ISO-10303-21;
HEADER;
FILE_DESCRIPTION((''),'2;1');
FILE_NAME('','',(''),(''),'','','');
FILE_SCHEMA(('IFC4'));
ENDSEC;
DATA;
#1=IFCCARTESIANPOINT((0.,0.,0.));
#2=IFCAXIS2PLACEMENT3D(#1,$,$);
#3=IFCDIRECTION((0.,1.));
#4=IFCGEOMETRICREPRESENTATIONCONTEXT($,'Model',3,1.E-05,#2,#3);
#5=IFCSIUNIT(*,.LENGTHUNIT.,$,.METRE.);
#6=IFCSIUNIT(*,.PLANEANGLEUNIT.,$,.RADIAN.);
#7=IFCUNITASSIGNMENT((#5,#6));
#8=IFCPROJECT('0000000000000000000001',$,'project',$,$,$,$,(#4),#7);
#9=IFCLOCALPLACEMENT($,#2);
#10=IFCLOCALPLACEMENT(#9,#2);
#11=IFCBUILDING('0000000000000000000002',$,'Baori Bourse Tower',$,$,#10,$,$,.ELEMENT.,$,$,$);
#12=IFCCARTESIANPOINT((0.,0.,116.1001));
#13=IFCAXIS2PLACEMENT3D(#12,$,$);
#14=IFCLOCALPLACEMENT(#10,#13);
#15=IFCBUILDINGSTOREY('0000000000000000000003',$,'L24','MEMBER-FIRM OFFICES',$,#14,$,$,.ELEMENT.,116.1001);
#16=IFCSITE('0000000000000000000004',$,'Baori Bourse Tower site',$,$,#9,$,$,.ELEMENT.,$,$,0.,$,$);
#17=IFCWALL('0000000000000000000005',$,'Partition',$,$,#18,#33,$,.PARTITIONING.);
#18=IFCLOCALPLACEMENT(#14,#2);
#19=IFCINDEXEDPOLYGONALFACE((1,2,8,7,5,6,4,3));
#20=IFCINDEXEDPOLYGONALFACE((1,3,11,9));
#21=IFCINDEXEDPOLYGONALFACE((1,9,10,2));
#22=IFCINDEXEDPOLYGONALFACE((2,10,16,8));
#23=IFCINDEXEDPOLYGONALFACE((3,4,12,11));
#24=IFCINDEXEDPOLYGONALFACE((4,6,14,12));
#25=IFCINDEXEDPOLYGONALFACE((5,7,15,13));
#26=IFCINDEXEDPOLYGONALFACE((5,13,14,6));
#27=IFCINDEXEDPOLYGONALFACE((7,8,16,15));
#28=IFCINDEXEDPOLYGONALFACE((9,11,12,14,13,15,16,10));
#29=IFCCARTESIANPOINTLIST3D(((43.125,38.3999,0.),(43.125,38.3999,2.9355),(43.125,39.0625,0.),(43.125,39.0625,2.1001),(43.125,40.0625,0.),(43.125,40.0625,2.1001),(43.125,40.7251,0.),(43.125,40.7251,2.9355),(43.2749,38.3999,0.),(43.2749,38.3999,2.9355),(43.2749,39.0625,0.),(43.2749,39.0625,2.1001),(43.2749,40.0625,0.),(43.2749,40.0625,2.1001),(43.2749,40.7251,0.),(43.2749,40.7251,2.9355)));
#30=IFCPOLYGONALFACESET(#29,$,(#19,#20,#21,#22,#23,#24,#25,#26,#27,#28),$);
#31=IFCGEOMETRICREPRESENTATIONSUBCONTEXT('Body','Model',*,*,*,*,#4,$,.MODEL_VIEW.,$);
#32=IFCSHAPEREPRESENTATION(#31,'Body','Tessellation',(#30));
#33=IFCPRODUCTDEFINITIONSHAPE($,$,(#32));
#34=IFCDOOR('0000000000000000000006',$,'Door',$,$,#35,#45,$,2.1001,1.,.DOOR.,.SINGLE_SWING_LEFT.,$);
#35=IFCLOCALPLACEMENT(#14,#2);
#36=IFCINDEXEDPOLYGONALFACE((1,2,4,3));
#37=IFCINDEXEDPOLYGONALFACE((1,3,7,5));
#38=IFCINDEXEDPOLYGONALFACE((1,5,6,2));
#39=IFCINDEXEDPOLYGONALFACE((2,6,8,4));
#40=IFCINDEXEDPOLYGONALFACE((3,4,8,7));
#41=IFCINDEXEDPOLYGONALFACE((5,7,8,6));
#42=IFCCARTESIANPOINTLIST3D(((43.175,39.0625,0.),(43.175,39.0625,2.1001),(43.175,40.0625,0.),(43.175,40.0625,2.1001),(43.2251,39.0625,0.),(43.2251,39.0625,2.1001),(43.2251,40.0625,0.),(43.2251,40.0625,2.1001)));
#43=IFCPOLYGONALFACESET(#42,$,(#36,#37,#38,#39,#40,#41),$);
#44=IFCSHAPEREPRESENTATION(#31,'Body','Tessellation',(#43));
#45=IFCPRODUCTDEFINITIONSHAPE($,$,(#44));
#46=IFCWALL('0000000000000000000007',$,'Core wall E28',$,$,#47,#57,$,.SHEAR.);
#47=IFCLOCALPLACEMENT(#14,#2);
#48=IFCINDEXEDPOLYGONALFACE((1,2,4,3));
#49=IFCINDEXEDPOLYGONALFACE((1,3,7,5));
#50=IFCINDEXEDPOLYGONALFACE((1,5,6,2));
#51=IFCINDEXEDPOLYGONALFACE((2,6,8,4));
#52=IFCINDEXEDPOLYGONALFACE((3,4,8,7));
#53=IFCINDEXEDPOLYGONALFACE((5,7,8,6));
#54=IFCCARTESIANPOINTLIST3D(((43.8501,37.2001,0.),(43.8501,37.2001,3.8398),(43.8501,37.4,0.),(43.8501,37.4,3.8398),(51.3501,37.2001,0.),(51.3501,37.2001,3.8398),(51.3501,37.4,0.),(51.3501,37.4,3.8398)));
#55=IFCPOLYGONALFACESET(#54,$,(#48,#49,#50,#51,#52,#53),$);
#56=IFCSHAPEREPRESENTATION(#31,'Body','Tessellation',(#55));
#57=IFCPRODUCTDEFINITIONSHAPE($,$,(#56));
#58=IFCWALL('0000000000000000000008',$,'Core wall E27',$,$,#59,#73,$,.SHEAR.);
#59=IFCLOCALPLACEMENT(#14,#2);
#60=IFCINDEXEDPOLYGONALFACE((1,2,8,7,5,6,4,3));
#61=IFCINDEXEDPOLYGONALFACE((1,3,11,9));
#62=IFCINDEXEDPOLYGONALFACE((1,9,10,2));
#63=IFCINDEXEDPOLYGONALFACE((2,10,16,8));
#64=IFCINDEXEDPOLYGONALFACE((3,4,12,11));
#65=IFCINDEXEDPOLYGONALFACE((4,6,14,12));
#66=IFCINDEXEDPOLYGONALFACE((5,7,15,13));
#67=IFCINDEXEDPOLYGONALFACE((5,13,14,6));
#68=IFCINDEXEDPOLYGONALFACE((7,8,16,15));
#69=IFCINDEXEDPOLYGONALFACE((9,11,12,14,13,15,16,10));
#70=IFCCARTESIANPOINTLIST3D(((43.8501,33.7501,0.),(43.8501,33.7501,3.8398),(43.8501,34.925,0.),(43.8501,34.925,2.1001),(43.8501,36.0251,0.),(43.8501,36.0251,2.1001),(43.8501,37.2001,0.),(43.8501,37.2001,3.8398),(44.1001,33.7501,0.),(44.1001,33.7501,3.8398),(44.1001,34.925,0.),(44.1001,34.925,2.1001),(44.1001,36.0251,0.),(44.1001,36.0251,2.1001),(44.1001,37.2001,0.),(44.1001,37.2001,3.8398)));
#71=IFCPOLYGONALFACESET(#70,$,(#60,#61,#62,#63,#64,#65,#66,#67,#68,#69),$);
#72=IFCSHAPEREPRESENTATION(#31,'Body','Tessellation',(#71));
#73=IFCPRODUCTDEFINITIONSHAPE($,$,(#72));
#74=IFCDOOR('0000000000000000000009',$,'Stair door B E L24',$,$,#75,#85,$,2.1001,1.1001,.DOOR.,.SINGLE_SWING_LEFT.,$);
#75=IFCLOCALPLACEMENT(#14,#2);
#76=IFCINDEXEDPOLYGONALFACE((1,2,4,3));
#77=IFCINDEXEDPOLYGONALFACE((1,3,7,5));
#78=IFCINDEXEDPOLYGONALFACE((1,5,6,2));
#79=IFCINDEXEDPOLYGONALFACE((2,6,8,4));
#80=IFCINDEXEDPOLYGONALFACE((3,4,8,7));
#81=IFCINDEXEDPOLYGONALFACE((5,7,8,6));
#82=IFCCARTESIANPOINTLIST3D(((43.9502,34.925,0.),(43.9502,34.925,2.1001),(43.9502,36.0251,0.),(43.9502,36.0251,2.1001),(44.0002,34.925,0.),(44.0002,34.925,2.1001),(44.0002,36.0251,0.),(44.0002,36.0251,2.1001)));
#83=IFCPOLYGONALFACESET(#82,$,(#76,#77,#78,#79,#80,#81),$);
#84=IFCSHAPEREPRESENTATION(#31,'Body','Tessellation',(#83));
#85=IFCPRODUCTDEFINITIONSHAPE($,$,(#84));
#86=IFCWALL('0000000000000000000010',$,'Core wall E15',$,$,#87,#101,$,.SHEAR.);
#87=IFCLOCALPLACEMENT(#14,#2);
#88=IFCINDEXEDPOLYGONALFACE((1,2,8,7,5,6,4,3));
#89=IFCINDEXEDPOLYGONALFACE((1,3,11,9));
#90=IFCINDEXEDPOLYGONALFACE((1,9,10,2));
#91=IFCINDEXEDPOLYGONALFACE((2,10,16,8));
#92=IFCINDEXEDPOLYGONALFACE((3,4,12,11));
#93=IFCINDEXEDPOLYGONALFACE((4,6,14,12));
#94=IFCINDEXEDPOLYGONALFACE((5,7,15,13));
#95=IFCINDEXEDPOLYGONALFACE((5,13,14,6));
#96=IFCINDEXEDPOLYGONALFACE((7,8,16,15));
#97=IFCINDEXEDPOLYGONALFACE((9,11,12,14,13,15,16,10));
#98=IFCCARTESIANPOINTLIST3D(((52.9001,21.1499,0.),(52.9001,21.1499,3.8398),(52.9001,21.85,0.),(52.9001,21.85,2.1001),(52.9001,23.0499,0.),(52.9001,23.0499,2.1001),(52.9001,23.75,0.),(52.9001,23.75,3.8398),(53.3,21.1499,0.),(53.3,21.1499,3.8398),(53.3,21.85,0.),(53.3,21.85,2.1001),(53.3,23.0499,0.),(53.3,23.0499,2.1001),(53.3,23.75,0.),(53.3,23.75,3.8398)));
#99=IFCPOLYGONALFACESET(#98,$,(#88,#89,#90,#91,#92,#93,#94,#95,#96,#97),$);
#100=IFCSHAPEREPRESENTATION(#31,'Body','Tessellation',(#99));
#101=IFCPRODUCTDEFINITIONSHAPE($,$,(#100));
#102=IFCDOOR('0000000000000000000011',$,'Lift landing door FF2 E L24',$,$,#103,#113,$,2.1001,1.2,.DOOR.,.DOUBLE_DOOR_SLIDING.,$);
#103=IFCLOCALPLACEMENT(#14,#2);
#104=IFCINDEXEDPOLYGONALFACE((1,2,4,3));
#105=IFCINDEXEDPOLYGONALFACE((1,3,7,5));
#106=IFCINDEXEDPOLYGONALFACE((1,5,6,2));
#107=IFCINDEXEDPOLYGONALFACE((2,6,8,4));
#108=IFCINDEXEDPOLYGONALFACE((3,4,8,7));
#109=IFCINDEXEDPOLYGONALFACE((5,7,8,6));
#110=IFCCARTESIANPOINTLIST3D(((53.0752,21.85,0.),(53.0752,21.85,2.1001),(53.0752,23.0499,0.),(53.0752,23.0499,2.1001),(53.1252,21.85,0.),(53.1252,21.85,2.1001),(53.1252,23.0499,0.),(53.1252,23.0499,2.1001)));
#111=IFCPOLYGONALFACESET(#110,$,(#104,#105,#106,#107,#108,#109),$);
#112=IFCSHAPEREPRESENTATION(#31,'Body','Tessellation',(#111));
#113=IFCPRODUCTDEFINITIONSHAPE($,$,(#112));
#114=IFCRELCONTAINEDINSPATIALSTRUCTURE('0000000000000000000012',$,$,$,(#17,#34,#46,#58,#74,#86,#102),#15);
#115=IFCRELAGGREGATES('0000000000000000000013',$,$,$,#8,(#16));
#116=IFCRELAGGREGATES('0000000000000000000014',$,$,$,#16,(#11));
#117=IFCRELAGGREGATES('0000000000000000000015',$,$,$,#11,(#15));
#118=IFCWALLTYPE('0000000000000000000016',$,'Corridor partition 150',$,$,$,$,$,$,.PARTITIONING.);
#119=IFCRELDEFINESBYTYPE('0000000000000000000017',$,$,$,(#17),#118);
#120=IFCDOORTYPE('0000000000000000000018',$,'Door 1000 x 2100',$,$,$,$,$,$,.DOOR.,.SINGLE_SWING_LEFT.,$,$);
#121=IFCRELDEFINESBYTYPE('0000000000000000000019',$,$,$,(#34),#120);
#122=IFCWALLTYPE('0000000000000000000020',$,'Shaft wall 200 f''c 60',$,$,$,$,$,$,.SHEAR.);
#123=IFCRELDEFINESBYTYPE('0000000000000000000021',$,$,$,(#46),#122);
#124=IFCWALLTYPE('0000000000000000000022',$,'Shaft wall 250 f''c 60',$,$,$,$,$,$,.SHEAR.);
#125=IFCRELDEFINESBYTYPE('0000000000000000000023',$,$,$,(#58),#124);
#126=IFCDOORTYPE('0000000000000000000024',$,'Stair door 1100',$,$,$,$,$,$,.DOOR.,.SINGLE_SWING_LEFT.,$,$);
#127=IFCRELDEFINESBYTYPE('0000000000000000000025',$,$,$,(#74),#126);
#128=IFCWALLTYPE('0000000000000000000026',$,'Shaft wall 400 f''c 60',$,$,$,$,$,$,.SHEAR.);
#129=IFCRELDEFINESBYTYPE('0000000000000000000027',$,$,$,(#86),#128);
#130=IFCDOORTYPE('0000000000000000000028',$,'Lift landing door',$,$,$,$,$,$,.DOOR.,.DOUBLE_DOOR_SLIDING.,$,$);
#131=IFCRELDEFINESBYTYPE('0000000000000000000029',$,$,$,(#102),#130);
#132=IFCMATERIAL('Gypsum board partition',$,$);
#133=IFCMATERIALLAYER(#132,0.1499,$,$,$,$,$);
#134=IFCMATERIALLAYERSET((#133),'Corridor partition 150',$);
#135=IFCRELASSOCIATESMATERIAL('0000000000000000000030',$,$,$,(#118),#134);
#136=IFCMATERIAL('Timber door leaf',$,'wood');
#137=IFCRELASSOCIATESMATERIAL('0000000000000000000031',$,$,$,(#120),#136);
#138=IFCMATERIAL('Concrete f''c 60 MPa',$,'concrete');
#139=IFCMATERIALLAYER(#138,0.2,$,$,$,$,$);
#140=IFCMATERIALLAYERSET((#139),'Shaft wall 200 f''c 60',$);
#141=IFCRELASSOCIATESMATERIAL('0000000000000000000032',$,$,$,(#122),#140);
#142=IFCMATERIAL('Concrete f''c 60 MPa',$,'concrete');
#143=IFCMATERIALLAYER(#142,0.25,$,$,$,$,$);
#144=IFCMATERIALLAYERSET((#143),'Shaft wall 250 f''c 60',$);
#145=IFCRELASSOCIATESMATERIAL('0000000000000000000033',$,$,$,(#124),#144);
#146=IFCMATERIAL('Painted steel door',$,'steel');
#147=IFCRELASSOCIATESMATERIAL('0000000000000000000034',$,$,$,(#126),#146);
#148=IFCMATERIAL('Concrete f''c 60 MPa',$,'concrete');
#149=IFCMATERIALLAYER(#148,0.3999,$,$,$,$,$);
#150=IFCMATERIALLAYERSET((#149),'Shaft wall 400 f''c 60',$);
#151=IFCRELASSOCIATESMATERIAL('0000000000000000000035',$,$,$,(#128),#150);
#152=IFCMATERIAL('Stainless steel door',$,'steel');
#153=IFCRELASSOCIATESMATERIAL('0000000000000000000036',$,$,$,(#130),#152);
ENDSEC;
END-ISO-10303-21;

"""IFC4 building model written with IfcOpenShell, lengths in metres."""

from ifc_helpers import new_model, si_unit, direction, frame, frame_2d, origin, place, context, subcontext, project, spatial, rectangle, extrude, material, layer, layer_set, type_object, element, fill, save


model = new_model("IFC4")

# Units and contexts
model_context = context("Model", 3, precision=1e-05, world=origin(), true_north=direction((0.0, 1.0)))
body_context = subcontext(model_context, "Body", "Model", "MODEL_VIEW")
ifc_project = project(units=[si_unit("LENGTHUNIT", "METRE"), si_unit("PLANEANGLEUNIT", "RADIAN")], contexts=[model_context])

# Site, building, storey
site_placement = place(None, origin())
site = spatial("IfcSite", under=ifc_project, at=site_placement, Name="Baori Bourse Tower site", CompositionType="ELEMENT", RefElevation=0.0)
building_placement = place(site_placement, origin())
building = spatial("IfcBuilding", under=site, at=building_placement, Name="Baori Bourse Tower", CompositionType="ELEMENT")
storey_placement = place(building_placement, frame((0.0, 0.0, 116.1001)))
storey = spatial("IfcBuildingStorey", under=building, at=storey_placement, Name="L24", Description="MEMBER-FIRM OFFICES", CompositionType="ELEMENT", Elevation=116.1001)

# Wall, opening, door
ifc_material_1 = material(Name="Gypsum board partition")
ifc_layer_1 = layer(ifc_material_1, 0.1499)
ifc_layer_set_1 = layer_set([ifc_layer_1], Name="Corridor partition 150")
wall_type_1 = type_object("IfcWallType", Name="Corridor partition 150", PredefinedType="PARTITIONING", material=ifc_layer_set_1)
wall_1_placement = place(storey_placement, frame((43.2, 38.3999, 0.0), z_axis=(0.0, 0.0, 1.0), x_axis=(0.0, 1.0, 0.0)))
wall_1 = element("IfcWall", 1, at=wall_1_placement, inside=storey, type_object=wall_type_1, Name="Partition", PredefinedType="PARTITIONING", context=body_context, shape_type="SweptSolid", body=[
    extrude(rectangle(XDim=2.3252, YDim=0.1499, at=frame_2d((1.1626, 0.0))), origin(), (0.0, 0.0, 1.0), 2.9355),
])
opening_1_placement = place(wall_1_placement, frame((0.6626, 0.0, 0.0)))
opening_1 = element("IfcOpeningElement", 2, at=opening_1_placement, cuts=wall_1, PredefinedType="OPENING", context=body_context, shape_type="SweptSolid", body=[
    extrude(rectangle(XDim=1.0, YDim=2.1001, at=frame_2d((0.5, 1.05))), frame((0.0, 0.085, 0.0), z_axis=(0.0, -1.0, 0.0), x_axis=(1.0, 0.0, 0.0)), (0.0, 0.0, 1.0), 0.1699),
])
ifc_material_2 = material(Name="Timber door leaf", Category="wood")
door_type_1 = type_object("IfcDoorType", Name="Door 1000 x 2100", OperationType="SINGLE_SWING_LEFT", PredefinedType="DOOR", material=ifc_material_2)
door_1_placement = place(opening_1_placement, origin())
door_1 = element("IfcDoor", 3, at=door_1_placement, inside=storey, type_object=door_type_1, Name="Door", OperationType="SINGLE_SWING_LEFT", OverallHeight=2.1001, OverallWidth=1.0, PredefinedType="DOOR", context=body_context, shape_type="SweptSolid", body=[
    extrude(rectangle(XDim=1.0, YDim=2.1001, at=frame_2d((0.5, 1.05))), frame((0.0, 0.0249, 0.0), z_axis=(0.0, -1.0, 0.0), x_axis=(1.0, 0.0, 0.0)), (0.0, 0.0, 1.0), 0.05),
])
fill(opening_1, door_1)

# Wall
ifc_material_3 = material(Name="Concrete f'c 60 MPa", Category="concrete")
ifc_layer_2 = layer(ifc_material_3, 0.2)
ifc_layer_set_2 = layer_set([ifc_layer_2], Name="Shaft wall 200 f'c 60")
wall_type_2 = type_object("IfcWallType", Name="Shaft wall 200 f'c 60", PredefinedType="SHEAR", material=ifc_layer_set_2)
wall_2_placement = place(storey_placement, frame((43.8501, 37.3, 0.0), z_axis=(0.0, 0.0, 1.0), x_axis=(1.0, 0.0, 0.0)))
element("IfcWall", 4, at=wall_2_placement, inside=storey, type_object=wall_type_2, Name="Core wall E28", PredefinedType="SHEAR", context=body_context, shape_type="SweptSolid", body=[
    extrude(rectangle(XDim=7.5, YDim=0.2, at=frame_2d((3.75, 0.0))), origin(), (0.0, 0.0, 1.0), 3.8398),
])

# Walls, openings, doors
ifc_material_4 = material(Name="Concrete f'c 60 MPa", Category="concrete")
ifc_layer_3 = layer(ifc_material_4, 0.25)
ifc_layer_set_3 = layer_set([ifc_layer_3], Name="Shaft wall 250 f'c 60")
wall_type_3 = type_object("IfcWallType", Name="Shaft wall 250 f'c 60", PredefinedType="SHEAR", material=ifc_layer_set_3)
wall_3_placement = place(storey_placement, frame((43.9751, 33.75, 0.0), z_axis=(0.0, 0.0, 1.0), x_axis=(0.0, 1.0, 0.0)))
wall_3 = element("IfcWall", 5, at=wall_3_placement, inside=storey, type_object=wall_type_3, Name="Core wall E27", PredefinedType="SHEAR", context=body_context, shape_type="SweptSolid", body=[
    extrude(rectangle(XDim=3.45, YDim=0.25, at=frame_2d((1.7251, 0.0))), origin(), (0.0, 0.0, 1.0), 3.8398),
])
opening_2_placement = place(wall_3_placement, frame((1.175, 0.0, 0.0)))
opening_2 = element("IfcOpeningElement", 6, at=opening_2_placement, cuts=wall_3, PredefinedType="OPENING", context=body_context, shape_type="SweptSolid", body=[
    extrude(rectangle(XDim=1.1001, YDim=2.1001, at=frame_2d((0.55, 1.05))), frame((0.0, 0.135, 0.0), z_axis=(0.0, -1.0, 0.0), x_axis=(1.0, 0.0, 0.0)), (0.0, 0.0, 1.0), 0.27),
])
ifc_material_5 = material(Name="Painted steel door", Category="steel")
door_type_2 = type_object("IfcDoorType", Name="Stair door 1100", OperationType="SINGLE_SWING_LEFT", PredefinedType="DOOR", material=ifc_material_5)
door_2_placement = place(opening_2_placement, origin())
door_2 = element("IfcDoor", 7, at=door_2_placement, inside=storey, type_object=door_type_2, Name="Stair door B E L24", OperationType="SINGLE_SWING_LEFT", OverallHeight=2.1001, OverallWidth=1.1001, PredefinedType="DOOR", context=body_context, shape_type="SweptSolid", body=[
    extrude(rectangle(XDim=1.1001, YDim=2.1001, at=frame_2d((0.55, 1.05))), frame((0.0, 0.0249, 0.0), z_axis=(0.0, -1.0, 0.0), x_axis=(1.0, 0.0, 0.0)), (0.0, 0.0, 1.0), 0.05),
])
fill(opening_2, door_2)
ifc_material_6 = material(Name="Concrete f'c 60 MPa", Category="concrete")
ifc_layer_4 = layer(ifc_material_6, 0.3999)
ifc_layer_set_4 = layer_set([ifc_layer_4], Name="Shaft wall 400 f'c 60")
wall_type_4 = type_object("IfcWallType", Name="Shaft wall 400 f'c 60", PredefinedType="SHEAR", material=ifc_layer_set_4)
wall_4_placement = place(storey_placement, frame((53.1001, 21.1499, 0.0), z_axis=(0.0, 0.0, 1.0), x_axis=(0.0, 1.0, 0.0)))
wall_4 = element("IfcWall", 8, at=wall_4_placement, inside=storey, type_object=wall_type_4, Name="Core wall E15", PredefinedType="SHEAR", context=body_context, shape_type="SweptSolid", body=[
    extrude(rectangle(XDim=2.6001, YDim=0.3999, at=frame_2d((1.3, 0.0))), origin(), (0.0, 0.0, 1.0), 3.8398),
])
opening_3_placement = place(wall_4_placement, frame((0.7, 0.0, 0.0)))
opening_3 = element("IfcOpeningElement", 9, at=opening_3_placement, cuts=wall_4, PredefinedType="OPENING", context=body_context, shape_type="SweptSolid", body=[
    extrude(rectangle(XDim=1.2, YDim=2.1001, at=frame_2d((0.6001, 1.05))), frame((0.0, 0.21, 0.0), z_axis=(0.0, -1.0, 0.0), x_axis=(1.0, 0.0, 0.0)), (0.0, 0.0, 1.0), 0.4199),
])
ifc_material_7 = material(Name="Stainless steel door", Category="steel")
door_type_3 = type_object("IfcDoorType", Name="Lift landing door", OperationType="DOUBLE_DOOR_SLIDING", PredefinedType="DOOR", material=ifc_material_7)
door_3_placement = place(opening_3_placement, origin())
door_3 = element("IfcDoor", 10, at=door_3_placement, inside=storey, type_object=door_type_3, Name="Lift landing door FF2 E L24", OperationType="DOUBLE_DOOR_SLIDING", OverallHeight=2.1001, OverallWidth=1.2, PredefinedType="DOOR", context=body_context, shape_type="SweptSolid", body=[
    extrude(rectangle(XDim=1.2, YDim=2.1001, at=frame_2d((0.6001, 1.05))), frame((0.0, 0.0249, 0.0), z_axis=(0.0, -1.0, 0.0), x_axis=(1.0, 0.0, 0.0)), (0.0, 0.0, 1.0), 0.05),
])
fill(opening_3, door_3)

save(model, "model.ifc")
